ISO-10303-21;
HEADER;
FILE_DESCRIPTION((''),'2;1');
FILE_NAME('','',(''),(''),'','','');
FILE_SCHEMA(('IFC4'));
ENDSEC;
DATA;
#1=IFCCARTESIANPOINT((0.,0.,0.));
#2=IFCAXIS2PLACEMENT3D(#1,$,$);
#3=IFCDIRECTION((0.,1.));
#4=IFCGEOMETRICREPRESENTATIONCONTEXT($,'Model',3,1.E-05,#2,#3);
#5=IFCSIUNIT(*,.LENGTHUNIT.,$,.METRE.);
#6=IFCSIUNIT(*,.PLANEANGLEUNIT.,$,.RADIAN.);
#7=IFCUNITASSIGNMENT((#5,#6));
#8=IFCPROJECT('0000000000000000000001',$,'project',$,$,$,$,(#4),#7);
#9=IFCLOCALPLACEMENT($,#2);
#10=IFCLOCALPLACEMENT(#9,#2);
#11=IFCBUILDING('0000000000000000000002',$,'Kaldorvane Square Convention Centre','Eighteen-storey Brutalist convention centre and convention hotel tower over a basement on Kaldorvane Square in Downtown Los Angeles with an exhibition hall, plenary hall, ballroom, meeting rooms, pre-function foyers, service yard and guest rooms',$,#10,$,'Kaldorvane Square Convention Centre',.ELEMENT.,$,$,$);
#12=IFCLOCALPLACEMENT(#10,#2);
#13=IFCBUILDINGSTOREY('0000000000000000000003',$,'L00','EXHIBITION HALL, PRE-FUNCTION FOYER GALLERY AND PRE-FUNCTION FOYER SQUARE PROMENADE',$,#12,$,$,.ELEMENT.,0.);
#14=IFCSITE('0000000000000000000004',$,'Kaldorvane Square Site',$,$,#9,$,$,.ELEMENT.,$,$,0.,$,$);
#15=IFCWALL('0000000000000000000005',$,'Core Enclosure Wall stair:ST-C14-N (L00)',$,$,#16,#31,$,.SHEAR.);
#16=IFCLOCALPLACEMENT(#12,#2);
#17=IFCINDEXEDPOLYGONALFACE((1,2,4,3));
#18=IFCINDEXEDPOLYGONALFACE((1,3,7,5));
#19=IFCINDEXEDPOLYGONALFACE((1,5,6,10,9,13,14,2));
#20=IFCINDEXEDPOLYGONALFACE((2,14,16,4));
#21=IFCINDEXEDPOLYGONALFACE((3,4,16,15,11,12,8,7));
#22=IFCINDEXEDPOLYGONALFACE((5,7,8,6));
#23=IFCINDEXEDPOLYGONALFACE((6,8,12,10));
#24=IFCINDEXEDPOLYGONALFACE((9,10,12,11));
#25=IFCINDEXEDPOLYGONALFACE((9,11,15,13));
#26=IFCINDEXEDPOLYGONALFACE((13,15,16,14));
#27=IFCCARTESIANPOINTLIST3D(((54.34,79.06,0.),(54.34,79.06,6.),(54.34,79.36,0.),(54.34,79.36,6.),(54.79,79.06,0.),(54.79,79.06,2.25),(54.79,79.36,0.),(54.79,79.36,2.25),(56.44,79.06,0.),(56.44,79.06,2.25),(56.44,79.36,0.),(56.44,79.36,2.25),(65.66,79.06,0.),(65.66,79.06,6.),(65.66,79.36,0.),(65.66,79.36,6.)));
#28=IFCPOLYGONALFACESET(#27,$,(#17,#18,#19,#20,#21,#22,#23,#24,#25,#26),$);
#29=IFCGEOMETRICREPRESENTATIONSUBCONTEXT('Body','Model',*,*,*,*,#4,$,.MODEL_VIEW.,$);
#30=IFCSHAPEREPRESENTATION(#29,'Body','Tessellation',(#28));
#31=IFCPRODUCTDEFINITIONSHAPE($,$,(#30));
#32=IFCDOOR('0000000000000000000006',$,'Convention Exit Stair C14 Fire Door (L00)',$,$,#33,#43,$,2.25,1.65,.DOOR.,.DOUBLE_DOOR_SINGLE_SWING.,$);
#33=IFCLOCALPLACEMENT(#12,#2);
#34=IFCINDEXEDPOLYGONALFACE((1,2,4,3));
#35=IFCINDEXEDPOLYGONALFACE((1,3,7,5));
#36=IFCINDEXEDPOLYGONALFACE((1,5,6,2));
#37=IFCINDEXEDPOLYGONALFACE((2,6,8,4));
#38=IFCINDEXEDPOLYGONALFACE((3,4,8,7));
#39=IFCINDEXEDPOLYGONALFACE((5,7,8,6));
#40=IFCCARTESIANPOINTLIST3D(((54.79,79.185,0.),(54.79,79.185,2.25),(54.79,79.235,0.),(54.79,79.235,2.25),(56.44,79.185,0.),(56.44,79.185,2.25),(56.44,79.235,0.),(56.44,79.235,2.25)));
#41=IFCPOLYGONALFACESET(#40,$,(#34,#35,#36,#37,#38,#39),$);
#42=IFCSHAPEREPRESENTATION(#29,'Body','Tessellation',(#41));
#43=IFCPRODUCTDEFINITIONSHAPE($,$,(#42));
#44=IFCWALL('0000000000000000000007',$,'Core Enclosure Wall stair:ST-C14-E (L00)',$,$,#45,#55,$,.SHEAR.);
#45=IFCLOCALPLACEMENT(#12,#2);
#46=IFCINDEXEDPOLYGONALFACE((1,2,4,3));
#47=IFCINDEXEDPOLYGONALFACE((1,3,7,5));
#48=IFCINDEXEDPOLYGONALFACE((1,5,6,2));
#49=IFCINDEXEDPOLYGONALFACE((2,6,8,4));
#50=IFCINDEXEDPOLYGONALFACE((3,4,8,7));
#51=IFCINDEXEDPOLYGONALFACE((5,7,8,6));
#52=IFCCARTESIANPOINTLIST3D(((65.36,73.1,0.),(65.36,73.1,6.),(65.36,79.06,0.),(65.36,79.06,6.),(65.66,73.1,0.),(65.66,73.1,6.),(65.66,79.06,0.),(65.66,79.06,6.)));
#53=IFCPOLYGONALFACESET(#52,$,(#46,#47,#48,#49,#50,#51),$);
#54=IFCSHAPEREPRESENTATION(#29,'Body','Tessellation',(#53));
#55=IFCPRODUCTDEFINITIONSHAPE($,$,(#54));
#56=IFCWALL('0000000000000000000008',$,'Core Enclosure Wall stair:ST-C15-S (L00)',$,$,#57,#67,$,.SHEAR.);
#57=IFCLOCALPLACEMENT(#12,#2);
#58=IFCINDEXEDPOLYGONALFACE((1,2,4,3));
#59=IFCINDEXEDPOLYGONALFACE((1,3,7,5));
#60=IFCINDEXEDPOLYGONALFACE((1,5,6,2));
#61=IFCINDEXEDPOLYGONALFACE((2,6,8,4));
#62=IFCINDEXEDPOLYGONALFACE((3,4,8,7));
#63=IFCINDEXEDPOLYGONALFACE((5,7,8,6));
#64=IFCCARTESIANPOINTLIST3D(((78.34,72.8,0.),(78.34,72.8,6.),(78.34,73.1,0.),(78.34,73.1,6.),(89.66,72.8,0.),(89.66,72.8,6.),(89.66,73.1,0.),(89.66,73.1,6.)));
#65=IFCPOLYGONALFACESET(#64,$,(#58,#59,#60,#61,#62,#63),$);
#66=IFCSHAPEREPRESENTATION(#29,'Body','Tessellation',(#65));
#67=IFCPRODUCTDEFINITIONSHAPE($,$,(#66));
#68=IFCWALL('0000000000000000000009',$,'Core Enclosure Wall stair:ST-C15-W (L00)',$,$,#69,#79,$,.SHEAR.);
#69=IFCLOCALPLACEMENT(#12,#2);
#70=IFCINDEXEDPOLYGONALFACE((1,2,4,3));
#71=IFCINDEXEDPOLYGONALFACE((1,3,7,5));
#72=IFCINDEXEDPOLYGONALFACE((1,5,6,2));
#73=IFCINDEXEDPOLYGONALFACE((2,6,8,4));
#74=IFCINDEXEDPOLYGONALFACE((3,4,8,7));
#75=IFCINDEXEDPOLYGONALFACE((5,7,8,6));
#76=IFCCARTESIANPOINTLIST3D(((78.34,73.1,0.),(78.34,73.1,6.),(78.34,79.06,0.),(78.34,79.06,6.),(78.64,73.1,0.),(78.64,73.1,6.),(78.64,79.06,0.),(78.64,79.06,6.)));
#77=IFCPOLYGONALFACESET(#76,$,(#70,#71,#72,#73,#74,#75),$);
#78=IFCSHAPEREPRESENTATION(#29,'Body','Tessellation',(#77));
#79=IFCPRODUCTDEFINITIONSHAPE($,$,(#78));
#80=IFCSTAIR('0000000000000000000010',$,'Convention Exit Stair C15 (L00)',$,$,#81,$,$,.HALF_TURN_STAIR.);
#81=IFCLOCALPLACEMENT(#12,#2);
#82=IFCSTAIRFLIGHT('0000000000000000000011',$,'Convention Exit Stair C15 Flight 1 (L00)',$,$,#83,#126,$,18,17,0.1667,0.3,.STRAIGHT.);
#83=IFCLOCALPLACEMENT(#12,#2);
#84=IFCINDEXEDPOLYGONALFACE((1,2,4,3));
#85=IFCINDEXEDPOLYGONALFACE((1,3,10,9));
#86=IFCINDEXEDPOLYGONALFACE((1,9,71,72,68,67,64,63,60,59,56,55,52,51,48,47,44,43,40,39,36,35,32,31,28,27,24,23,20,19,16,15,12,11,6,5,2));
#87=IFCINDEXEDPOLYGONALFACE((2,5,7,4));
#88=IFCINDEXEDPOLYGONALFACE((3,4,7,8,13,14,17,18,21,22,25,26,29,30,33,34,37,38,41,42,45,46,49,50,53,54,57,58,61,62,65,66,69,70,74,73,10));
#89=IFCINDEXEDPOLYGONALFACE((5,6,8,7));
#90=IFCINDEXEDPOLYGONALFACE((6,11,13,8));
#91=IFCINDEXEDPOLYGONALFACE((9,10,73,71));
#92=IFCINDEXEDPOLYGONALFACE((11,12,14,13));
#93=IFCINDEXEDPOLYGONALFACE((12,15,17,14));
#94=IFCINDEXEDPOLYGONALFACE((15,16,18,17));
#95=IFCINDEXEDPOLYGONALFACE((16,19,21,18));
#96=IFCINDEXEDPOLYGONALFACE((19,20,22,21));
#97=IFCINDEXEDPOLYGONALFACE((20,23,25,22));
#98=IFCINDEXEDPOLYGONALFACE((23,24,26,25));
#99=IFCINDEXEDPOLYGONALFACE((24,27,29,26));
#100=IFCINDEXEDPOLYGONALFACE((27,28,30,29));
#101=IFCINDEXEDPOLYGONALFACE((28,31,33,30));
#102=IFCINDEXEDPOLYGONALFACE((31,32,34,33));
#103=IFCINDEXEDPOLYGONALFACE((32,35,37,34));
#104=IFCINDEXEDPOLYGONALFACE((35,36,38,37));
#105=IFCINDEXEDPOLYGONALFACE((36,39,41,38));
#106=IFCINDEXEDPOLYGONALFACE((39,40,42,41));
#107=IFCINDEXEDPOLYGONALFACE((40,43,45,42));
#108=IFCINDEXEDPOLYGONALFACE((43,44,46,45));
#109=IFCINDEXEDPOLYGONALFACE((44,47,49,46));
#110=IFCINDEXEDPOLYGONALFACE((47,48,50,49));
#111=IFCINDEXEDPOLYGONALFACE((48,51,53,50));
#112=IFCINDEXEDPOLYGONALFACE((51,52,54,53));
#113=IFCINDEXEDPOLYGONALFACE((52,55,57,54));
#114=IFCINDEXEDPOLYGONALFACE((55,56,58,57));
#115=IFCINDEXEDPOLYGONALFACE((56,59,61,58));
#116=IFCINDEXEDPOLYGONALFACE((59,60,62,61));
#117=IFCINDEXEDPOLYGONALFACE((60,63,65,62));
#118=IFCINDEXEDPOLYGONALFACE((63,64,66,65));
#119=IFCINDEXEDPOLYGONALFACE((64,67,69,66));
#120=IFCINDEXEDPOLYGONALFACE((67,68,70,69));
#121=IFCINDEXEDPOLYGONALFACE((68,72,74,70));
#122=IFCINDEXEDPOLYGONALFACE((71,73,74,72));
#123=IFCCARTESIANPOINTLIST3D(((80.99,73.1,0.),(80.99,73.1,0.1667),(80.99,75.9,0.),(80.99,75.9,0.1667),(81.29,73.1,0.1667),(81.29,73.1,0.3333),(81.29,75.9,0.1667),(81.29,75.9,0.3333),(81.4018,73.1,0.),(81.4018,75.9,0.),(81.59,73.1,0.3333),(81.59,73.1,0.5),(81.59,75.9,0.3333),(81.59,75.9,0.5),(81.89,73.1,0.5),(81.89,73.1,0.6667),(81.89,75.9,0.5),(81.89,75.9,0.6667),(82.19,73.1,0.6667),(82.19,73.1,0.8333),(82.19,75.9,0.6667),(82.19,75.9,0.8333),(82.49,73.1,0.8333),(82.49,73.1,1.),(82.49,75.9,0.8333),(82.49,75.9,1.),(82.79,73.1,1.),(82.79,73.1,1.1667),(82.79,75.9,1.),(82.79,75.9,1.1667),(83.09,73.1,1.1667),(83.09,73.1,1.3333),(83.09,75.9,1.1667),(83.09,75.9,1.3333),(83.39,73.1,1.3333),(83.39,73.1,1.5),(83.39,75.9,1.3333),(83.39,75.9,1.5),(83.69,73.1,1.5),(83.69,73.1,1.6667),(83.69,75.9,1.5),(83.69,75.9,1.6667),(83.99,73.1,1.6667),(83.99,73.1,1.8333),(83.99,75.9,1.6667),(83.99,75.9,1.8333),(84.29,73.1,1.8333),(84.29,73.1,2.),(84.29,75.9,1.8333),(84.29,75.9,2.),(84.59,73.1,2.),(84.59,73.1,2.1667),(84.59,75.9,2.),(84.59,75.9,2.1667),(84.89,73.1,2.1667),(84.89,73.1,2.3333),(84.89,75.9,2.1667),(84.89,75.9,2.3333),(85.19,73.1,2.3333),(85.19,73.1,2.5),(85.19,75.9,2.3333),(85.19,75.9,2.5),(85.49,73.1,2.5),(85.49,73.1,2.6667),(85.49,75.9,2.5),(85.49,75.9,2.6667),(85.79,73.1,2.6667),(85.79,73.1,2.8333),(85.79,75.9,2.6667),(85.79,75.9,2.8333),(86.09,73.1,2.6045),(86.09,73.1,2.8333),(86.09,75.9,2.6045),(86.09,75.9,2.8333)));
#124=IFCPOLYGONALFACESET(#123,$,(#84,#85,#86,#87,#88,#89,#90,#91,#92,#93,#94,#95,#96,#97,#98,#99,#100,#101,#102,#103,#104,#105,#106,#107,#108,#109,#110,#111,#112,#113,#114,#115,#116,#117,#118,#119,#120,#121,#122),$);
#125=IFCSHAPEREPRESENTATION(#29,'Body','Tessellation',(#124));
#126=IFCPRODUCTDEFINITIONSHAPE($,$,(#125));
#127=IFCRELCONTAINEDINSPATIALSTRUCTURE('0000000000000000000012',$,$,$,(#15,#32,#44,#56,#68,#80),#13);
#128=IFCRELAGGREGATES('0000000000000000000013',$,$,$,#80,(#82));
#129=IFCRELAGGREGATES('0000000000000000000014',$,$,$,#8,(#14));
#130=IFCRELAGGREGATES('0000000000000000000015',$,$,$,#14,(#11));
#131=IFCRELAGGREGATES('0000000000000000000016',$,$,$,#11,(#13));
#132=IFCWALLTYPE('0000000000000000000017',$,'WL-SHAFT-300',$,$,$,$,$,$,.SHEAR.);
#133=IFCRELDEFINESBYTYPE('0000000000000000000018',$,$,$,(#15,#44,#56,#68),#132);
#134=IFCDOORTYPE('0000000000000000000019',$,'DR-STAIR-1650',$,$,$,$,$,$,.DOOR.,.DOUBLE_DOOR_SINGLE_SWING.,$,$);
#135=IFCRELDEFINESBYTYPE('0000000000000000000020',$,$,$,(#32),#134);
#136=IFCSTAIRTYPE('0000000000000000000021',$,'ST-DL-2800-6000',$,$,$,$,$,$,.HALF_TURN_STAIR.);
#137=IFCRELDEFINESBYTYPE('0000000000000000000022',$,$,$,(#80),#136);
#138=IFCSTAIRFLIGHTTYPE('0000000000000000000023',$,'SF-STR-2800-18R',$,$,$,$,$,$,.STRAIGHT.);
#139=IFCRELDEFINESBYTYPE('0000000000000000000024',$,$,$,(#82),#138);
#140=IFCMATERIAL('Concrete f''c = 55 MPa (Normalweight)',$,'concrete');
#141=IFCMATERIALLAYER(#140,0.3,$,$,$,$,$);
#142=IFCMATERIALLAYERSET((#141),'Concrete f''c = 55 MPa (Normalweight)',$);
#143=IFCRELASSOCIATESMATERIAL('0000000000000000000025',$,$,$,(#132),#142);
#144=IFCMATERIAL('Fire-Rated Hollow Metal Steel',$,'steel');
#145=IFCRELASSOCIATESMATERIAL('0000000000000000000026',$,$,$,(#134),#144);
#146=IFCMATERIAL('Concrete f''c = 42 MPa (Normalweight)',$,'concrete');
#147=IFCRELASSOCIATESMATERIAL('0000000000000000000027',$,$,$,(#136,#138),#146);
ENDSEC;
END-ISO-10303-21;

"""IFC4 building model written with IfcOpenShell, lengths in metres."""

from ifc_helpers import new_model, si_unit, direction, frame, frame_2d, origin, place, context, subcontext, project, spatial, polyline, rectangle, outline, extrude, material, layer, layer_set, type_object, element, fill, aggregate, save


model = new_model("IFC4")

# Units and contexts
model_context = context("Model", 3, precision=1e-05, world=origin(), true_north=direction((0.0, 1.0)))
body_context = subcontext(model_context, "Body", "Model", "MODEL_VIEW")
ifc_project = project(units=[si_unit("LENGTHUNIT", "METRE"), si_unit("PLANEANGLEUNIT", "RADIAN")], contexts=[model_context])

# Site, building, storey
site_placement = place(None, origin())
site = spatial("IfcSite", under=ifc_project, at=site_placement, Name="Kaldorvane Square Site", CompositionType="ELEMENT", RefElevation=0.0)
building_placement = place(site_placement, origin())
building = spatial("IfcBuilding", under=site, at=building_placement, Name="Kaldorvane Square Convention Centre", Description="Eighteen-storey Brutalist convention centre and convention hotel tower over a basement on Kaldorvane Square in Downtown Los Angeles with an exhibition hall, plenary hall, ballroom, meeting rooms, pre-function foyers, service yard and guest rooms", LongName="Kaldorvane Square Convention Centre", CompositionType="ELEMENT")
storey_placement = place(building_placement, origin())
storey = spatial("IfcBuildingStorey", under=building, at=storey_placement, Name="L00", Description="EXHIBITION HALL, PRE-FUNCTION FOYER GALLERY AND PRE-FUNCTION FOYER SQUARE PROMENADE", CompositionType="ELEMENT", Elevation=0.0)

# Shared definitions
ifc_material_1 = material(Name="Concrete f'c = 55 MPa (Normalweight)", Category="concrete")

# Wall, opening, door
ifc_layer_1 = layer(ifc_material_1, 0.3)
ifc_layer_set_1 = layer_set([ifc_layer_1], Name="Concrete f'c = 55 MPa (Normalweight)")
wall_type_1 = type_object("IfcWallType", Name="WL-SHAFT-300", PredefinedType="SHEAR", material=ifc_layer_set_1)
wall_1_placement = place(storey_placement, frame((65.66, 79.21, 0.0), z_axis=(0.0, 0.0, 1.0), x_axis=(-1.0, 0.0, 0.0)))
wall_1 = element("IfcWall", 1, at=wall_1_placement, inside=storey, type_object=wall_type_1, Name="Core Enclosure Wall stair:ST-C14-N (L00)", PredefinedType="SHEAR", context=body_context, shape_type="SweptSolid", body=[
    extrude(rectangle(XDim=11.32, YDim=0.3, at=frame_2d((5.66, 0.0))), origin(), (0.0, 0.0, 1.0), 6.0),
])
opening_placement = place(wall_1_placement, frame((9.22, 0.0, 0.0)))
opening = element("IfcOpeningElement", 2, at=opening_placement, cuts=wall_1, PredefinedType="OPENING", context=body_context, shape_type="SweptSolid", body=[
    extrude(rectangle(XDim=1.65, YDim=2.25, at=frame_2d((0.825, 1.125))), frame((0.0, 0.165, 0.0), z_axis=(0.0, -1.0, 0.0), x_axis=(1.0, 0.0, 0.0)), (0.0, 0.0, 1.0), 0.33),
])
ifc_material_2 = material(Name="Fire-Rated Hollow Metal Steel", Category="steel")
door_type = type_object("IfcDoorType", Name="DR-STAIR-1650", OperationType="DOUBLE_DOOR_SINGLE_SWING", PredefinedType="DOOR", material=ifc_material_2)
door_placement = place(opening_placement, origin())
door = element("IfcDoor", 3, at=door_placement, inside=storey, type_object=door_type, Name="Convention Exit Stair C14 Fire Door (L00)", OperationType="DOUBLE_DOOR_SINGLE_SWING", OverallHeight=2.25, OverallWidth=1.65, PredefinedType="DOOR", context=body_context, shape_type="SweptSolid", body=[
    extrude(rectangle(XDim=1.65, YDim=2.25, at=frame_2d((0.825, 1.125))), frame((0.0, 0.025, 0.0), z_axis=(0.0, -1.0, 0.0), x_axis=(1.0, 0.0, 0.0)), (0.0, 0.0, 1.0), 0.05),
])
fill(opening, door)

# Walls
wall_2_placement = place(storey_placement, frame((65.51, 73.1, 0.0), z_axis=(0.0, 0.0, 1.0), x_axis=(0.0, 1.0, 0.0)))
element("IfcWall", 4, at=wall_2_placement, inside=storey, type_object=wall_type_1, Name="Core Enclosure Wall stair:ST-C14-E (L00)", PredefinedType="SHEAR", context=body_context, shape_type="SweptSolid", body=[
    extrude(rectangle(XDim=5.96, YDim=0.3, at=frame_2d((2.98, 0.0))), origin(), (0.0, 0.0, 1.0), 6.0),
])
wall_3_placement = place(storey_placement, frame((78.34, 72.95, 0.0), z_axis=(0.0, 0.0, 1.0), x_axis=(1.0, 0.0, 0.0)))
element("IfcWall", 5, at=wall_3_placement, inside=storey, type_object=wall_type_1, Name="Core Enclosure Wall stair:ST-C15-S (L00)", PredefinedType="SHEAR", context=body_context, shape_type="SweptSolid", body=[
    extrude(rectangle(XDim=11.32, YDim=0.3, at=frame_2d((5.66, 0.0))), origin(), (0.0, 0.0, 1.0), 6.0),
])
wall_4_placement = place(storey_placement, frame((78.49, 79.06, 0.0), z_axis=(0.0, 0.0, 1.0), x_axis=(0.0, -1.0, 0.0)))
element("IfcWall", 6, at=wall_4_placement, inside=storey, type_object=wall_type_1, Name="Core Enclosure Wall stair:ST-C15-W (L00)", PredefinedType="SHEAR", context=body_context, shape_type="SweptSolid", body=[
    extrude(rectangle(XDim=5.96, YDim=0.3, at=frame_2d((2.98, 0.0))), origin(), (0.0, 0.0, 1.0), 6.0),
])

# Stair, stair flight
ifc_material_3 = material(Name="Concrete f'c = 42 MPa (Normalweight)", Category="concrete")
stair_type = type_object("IfcStairType", Name="ST-DL-2800-6000", PredefinedType="HALF_TURN_STAIR", material=ifc_material_3)
stair_placement = place(storey_placement, origin())
stair = element("IfcStair", 7, at=stair_placement, inside=storey, type_object=stair_type, Name="Convention Exit Stair C15 (L00)", PredefinedType="HALF_TURN_STAIR")
stair_flight_type = type_object("IfcStairFlightType", Name="SF-STR-2800-18R", PredefinedType="STRAIGHT", material=ifc_material_3)
stair_flight_placement = place(storey_placement, frame((80.99, 74.5, 0.0), z_axis=(0.0, 0.0, 1.0), x_axis=(1.0, 0.0, 0.0)))
stair_flight = element("IfcStairFlight", 8, at=stair_flight_placement, type_object=stair_flight_type, Name="Convention Exit Stair C15 Flight 1 (L00)", NumberOfRisers=18, NumberOfTreads=17, PredefinedType="STRAIGHT", RiserHeight=0.1667, TreadLength=0.3, context=body_context, shape_type="SweptSolid", body=[
    extrude(outline(polyline([(0.0, 0.0), (0.0, 0.1667), (0.3, 0.1667), (0.3, 0.3333), (0.6, 0.3333), (0.6, 0.5), (0.9, 0.5), (0.9, 0.6667), (1.2, 0.6667), (1.2, 0.8333), (1.5, 0.8333), (1.5, 1.0), (1.8, 1.0), (1.8, 1.1667), (2.1, 1.1667), (2.1, 1.3333), (2.4, 1.3333), (2.4, 1.5), (2.7, 1.5), (2.7, 1.6667), (3.0, 1.6667), (3.0, 1.8333), (3.3, 1.8333), (3.3, 2.0), (3.6, 2.0), (3.6, 2.1667), (3.9, 2.1667), (3.9, 2.3333), (4.2, 2.3333), (4.2, 2.5), (4.5, 2.5), (4.5, 2.6667), (4.8, 2.6667), (4.8, 2.8333), (5.1, 2.8333), (5.1, 3.0), (5.1, 2.6045), (0.4118, 0.0), (0.0, 0.0)])), frame((0.0, 1.4, 0.0), z_axis=(0.0, -1.0, 0.0), x_axis=(1.0, 0.0, 0.0)), (0.0, 0.0, 1.0), 2.8),
])
aggregate(stair, [stair_flight])

save(model, "model.ifc")
